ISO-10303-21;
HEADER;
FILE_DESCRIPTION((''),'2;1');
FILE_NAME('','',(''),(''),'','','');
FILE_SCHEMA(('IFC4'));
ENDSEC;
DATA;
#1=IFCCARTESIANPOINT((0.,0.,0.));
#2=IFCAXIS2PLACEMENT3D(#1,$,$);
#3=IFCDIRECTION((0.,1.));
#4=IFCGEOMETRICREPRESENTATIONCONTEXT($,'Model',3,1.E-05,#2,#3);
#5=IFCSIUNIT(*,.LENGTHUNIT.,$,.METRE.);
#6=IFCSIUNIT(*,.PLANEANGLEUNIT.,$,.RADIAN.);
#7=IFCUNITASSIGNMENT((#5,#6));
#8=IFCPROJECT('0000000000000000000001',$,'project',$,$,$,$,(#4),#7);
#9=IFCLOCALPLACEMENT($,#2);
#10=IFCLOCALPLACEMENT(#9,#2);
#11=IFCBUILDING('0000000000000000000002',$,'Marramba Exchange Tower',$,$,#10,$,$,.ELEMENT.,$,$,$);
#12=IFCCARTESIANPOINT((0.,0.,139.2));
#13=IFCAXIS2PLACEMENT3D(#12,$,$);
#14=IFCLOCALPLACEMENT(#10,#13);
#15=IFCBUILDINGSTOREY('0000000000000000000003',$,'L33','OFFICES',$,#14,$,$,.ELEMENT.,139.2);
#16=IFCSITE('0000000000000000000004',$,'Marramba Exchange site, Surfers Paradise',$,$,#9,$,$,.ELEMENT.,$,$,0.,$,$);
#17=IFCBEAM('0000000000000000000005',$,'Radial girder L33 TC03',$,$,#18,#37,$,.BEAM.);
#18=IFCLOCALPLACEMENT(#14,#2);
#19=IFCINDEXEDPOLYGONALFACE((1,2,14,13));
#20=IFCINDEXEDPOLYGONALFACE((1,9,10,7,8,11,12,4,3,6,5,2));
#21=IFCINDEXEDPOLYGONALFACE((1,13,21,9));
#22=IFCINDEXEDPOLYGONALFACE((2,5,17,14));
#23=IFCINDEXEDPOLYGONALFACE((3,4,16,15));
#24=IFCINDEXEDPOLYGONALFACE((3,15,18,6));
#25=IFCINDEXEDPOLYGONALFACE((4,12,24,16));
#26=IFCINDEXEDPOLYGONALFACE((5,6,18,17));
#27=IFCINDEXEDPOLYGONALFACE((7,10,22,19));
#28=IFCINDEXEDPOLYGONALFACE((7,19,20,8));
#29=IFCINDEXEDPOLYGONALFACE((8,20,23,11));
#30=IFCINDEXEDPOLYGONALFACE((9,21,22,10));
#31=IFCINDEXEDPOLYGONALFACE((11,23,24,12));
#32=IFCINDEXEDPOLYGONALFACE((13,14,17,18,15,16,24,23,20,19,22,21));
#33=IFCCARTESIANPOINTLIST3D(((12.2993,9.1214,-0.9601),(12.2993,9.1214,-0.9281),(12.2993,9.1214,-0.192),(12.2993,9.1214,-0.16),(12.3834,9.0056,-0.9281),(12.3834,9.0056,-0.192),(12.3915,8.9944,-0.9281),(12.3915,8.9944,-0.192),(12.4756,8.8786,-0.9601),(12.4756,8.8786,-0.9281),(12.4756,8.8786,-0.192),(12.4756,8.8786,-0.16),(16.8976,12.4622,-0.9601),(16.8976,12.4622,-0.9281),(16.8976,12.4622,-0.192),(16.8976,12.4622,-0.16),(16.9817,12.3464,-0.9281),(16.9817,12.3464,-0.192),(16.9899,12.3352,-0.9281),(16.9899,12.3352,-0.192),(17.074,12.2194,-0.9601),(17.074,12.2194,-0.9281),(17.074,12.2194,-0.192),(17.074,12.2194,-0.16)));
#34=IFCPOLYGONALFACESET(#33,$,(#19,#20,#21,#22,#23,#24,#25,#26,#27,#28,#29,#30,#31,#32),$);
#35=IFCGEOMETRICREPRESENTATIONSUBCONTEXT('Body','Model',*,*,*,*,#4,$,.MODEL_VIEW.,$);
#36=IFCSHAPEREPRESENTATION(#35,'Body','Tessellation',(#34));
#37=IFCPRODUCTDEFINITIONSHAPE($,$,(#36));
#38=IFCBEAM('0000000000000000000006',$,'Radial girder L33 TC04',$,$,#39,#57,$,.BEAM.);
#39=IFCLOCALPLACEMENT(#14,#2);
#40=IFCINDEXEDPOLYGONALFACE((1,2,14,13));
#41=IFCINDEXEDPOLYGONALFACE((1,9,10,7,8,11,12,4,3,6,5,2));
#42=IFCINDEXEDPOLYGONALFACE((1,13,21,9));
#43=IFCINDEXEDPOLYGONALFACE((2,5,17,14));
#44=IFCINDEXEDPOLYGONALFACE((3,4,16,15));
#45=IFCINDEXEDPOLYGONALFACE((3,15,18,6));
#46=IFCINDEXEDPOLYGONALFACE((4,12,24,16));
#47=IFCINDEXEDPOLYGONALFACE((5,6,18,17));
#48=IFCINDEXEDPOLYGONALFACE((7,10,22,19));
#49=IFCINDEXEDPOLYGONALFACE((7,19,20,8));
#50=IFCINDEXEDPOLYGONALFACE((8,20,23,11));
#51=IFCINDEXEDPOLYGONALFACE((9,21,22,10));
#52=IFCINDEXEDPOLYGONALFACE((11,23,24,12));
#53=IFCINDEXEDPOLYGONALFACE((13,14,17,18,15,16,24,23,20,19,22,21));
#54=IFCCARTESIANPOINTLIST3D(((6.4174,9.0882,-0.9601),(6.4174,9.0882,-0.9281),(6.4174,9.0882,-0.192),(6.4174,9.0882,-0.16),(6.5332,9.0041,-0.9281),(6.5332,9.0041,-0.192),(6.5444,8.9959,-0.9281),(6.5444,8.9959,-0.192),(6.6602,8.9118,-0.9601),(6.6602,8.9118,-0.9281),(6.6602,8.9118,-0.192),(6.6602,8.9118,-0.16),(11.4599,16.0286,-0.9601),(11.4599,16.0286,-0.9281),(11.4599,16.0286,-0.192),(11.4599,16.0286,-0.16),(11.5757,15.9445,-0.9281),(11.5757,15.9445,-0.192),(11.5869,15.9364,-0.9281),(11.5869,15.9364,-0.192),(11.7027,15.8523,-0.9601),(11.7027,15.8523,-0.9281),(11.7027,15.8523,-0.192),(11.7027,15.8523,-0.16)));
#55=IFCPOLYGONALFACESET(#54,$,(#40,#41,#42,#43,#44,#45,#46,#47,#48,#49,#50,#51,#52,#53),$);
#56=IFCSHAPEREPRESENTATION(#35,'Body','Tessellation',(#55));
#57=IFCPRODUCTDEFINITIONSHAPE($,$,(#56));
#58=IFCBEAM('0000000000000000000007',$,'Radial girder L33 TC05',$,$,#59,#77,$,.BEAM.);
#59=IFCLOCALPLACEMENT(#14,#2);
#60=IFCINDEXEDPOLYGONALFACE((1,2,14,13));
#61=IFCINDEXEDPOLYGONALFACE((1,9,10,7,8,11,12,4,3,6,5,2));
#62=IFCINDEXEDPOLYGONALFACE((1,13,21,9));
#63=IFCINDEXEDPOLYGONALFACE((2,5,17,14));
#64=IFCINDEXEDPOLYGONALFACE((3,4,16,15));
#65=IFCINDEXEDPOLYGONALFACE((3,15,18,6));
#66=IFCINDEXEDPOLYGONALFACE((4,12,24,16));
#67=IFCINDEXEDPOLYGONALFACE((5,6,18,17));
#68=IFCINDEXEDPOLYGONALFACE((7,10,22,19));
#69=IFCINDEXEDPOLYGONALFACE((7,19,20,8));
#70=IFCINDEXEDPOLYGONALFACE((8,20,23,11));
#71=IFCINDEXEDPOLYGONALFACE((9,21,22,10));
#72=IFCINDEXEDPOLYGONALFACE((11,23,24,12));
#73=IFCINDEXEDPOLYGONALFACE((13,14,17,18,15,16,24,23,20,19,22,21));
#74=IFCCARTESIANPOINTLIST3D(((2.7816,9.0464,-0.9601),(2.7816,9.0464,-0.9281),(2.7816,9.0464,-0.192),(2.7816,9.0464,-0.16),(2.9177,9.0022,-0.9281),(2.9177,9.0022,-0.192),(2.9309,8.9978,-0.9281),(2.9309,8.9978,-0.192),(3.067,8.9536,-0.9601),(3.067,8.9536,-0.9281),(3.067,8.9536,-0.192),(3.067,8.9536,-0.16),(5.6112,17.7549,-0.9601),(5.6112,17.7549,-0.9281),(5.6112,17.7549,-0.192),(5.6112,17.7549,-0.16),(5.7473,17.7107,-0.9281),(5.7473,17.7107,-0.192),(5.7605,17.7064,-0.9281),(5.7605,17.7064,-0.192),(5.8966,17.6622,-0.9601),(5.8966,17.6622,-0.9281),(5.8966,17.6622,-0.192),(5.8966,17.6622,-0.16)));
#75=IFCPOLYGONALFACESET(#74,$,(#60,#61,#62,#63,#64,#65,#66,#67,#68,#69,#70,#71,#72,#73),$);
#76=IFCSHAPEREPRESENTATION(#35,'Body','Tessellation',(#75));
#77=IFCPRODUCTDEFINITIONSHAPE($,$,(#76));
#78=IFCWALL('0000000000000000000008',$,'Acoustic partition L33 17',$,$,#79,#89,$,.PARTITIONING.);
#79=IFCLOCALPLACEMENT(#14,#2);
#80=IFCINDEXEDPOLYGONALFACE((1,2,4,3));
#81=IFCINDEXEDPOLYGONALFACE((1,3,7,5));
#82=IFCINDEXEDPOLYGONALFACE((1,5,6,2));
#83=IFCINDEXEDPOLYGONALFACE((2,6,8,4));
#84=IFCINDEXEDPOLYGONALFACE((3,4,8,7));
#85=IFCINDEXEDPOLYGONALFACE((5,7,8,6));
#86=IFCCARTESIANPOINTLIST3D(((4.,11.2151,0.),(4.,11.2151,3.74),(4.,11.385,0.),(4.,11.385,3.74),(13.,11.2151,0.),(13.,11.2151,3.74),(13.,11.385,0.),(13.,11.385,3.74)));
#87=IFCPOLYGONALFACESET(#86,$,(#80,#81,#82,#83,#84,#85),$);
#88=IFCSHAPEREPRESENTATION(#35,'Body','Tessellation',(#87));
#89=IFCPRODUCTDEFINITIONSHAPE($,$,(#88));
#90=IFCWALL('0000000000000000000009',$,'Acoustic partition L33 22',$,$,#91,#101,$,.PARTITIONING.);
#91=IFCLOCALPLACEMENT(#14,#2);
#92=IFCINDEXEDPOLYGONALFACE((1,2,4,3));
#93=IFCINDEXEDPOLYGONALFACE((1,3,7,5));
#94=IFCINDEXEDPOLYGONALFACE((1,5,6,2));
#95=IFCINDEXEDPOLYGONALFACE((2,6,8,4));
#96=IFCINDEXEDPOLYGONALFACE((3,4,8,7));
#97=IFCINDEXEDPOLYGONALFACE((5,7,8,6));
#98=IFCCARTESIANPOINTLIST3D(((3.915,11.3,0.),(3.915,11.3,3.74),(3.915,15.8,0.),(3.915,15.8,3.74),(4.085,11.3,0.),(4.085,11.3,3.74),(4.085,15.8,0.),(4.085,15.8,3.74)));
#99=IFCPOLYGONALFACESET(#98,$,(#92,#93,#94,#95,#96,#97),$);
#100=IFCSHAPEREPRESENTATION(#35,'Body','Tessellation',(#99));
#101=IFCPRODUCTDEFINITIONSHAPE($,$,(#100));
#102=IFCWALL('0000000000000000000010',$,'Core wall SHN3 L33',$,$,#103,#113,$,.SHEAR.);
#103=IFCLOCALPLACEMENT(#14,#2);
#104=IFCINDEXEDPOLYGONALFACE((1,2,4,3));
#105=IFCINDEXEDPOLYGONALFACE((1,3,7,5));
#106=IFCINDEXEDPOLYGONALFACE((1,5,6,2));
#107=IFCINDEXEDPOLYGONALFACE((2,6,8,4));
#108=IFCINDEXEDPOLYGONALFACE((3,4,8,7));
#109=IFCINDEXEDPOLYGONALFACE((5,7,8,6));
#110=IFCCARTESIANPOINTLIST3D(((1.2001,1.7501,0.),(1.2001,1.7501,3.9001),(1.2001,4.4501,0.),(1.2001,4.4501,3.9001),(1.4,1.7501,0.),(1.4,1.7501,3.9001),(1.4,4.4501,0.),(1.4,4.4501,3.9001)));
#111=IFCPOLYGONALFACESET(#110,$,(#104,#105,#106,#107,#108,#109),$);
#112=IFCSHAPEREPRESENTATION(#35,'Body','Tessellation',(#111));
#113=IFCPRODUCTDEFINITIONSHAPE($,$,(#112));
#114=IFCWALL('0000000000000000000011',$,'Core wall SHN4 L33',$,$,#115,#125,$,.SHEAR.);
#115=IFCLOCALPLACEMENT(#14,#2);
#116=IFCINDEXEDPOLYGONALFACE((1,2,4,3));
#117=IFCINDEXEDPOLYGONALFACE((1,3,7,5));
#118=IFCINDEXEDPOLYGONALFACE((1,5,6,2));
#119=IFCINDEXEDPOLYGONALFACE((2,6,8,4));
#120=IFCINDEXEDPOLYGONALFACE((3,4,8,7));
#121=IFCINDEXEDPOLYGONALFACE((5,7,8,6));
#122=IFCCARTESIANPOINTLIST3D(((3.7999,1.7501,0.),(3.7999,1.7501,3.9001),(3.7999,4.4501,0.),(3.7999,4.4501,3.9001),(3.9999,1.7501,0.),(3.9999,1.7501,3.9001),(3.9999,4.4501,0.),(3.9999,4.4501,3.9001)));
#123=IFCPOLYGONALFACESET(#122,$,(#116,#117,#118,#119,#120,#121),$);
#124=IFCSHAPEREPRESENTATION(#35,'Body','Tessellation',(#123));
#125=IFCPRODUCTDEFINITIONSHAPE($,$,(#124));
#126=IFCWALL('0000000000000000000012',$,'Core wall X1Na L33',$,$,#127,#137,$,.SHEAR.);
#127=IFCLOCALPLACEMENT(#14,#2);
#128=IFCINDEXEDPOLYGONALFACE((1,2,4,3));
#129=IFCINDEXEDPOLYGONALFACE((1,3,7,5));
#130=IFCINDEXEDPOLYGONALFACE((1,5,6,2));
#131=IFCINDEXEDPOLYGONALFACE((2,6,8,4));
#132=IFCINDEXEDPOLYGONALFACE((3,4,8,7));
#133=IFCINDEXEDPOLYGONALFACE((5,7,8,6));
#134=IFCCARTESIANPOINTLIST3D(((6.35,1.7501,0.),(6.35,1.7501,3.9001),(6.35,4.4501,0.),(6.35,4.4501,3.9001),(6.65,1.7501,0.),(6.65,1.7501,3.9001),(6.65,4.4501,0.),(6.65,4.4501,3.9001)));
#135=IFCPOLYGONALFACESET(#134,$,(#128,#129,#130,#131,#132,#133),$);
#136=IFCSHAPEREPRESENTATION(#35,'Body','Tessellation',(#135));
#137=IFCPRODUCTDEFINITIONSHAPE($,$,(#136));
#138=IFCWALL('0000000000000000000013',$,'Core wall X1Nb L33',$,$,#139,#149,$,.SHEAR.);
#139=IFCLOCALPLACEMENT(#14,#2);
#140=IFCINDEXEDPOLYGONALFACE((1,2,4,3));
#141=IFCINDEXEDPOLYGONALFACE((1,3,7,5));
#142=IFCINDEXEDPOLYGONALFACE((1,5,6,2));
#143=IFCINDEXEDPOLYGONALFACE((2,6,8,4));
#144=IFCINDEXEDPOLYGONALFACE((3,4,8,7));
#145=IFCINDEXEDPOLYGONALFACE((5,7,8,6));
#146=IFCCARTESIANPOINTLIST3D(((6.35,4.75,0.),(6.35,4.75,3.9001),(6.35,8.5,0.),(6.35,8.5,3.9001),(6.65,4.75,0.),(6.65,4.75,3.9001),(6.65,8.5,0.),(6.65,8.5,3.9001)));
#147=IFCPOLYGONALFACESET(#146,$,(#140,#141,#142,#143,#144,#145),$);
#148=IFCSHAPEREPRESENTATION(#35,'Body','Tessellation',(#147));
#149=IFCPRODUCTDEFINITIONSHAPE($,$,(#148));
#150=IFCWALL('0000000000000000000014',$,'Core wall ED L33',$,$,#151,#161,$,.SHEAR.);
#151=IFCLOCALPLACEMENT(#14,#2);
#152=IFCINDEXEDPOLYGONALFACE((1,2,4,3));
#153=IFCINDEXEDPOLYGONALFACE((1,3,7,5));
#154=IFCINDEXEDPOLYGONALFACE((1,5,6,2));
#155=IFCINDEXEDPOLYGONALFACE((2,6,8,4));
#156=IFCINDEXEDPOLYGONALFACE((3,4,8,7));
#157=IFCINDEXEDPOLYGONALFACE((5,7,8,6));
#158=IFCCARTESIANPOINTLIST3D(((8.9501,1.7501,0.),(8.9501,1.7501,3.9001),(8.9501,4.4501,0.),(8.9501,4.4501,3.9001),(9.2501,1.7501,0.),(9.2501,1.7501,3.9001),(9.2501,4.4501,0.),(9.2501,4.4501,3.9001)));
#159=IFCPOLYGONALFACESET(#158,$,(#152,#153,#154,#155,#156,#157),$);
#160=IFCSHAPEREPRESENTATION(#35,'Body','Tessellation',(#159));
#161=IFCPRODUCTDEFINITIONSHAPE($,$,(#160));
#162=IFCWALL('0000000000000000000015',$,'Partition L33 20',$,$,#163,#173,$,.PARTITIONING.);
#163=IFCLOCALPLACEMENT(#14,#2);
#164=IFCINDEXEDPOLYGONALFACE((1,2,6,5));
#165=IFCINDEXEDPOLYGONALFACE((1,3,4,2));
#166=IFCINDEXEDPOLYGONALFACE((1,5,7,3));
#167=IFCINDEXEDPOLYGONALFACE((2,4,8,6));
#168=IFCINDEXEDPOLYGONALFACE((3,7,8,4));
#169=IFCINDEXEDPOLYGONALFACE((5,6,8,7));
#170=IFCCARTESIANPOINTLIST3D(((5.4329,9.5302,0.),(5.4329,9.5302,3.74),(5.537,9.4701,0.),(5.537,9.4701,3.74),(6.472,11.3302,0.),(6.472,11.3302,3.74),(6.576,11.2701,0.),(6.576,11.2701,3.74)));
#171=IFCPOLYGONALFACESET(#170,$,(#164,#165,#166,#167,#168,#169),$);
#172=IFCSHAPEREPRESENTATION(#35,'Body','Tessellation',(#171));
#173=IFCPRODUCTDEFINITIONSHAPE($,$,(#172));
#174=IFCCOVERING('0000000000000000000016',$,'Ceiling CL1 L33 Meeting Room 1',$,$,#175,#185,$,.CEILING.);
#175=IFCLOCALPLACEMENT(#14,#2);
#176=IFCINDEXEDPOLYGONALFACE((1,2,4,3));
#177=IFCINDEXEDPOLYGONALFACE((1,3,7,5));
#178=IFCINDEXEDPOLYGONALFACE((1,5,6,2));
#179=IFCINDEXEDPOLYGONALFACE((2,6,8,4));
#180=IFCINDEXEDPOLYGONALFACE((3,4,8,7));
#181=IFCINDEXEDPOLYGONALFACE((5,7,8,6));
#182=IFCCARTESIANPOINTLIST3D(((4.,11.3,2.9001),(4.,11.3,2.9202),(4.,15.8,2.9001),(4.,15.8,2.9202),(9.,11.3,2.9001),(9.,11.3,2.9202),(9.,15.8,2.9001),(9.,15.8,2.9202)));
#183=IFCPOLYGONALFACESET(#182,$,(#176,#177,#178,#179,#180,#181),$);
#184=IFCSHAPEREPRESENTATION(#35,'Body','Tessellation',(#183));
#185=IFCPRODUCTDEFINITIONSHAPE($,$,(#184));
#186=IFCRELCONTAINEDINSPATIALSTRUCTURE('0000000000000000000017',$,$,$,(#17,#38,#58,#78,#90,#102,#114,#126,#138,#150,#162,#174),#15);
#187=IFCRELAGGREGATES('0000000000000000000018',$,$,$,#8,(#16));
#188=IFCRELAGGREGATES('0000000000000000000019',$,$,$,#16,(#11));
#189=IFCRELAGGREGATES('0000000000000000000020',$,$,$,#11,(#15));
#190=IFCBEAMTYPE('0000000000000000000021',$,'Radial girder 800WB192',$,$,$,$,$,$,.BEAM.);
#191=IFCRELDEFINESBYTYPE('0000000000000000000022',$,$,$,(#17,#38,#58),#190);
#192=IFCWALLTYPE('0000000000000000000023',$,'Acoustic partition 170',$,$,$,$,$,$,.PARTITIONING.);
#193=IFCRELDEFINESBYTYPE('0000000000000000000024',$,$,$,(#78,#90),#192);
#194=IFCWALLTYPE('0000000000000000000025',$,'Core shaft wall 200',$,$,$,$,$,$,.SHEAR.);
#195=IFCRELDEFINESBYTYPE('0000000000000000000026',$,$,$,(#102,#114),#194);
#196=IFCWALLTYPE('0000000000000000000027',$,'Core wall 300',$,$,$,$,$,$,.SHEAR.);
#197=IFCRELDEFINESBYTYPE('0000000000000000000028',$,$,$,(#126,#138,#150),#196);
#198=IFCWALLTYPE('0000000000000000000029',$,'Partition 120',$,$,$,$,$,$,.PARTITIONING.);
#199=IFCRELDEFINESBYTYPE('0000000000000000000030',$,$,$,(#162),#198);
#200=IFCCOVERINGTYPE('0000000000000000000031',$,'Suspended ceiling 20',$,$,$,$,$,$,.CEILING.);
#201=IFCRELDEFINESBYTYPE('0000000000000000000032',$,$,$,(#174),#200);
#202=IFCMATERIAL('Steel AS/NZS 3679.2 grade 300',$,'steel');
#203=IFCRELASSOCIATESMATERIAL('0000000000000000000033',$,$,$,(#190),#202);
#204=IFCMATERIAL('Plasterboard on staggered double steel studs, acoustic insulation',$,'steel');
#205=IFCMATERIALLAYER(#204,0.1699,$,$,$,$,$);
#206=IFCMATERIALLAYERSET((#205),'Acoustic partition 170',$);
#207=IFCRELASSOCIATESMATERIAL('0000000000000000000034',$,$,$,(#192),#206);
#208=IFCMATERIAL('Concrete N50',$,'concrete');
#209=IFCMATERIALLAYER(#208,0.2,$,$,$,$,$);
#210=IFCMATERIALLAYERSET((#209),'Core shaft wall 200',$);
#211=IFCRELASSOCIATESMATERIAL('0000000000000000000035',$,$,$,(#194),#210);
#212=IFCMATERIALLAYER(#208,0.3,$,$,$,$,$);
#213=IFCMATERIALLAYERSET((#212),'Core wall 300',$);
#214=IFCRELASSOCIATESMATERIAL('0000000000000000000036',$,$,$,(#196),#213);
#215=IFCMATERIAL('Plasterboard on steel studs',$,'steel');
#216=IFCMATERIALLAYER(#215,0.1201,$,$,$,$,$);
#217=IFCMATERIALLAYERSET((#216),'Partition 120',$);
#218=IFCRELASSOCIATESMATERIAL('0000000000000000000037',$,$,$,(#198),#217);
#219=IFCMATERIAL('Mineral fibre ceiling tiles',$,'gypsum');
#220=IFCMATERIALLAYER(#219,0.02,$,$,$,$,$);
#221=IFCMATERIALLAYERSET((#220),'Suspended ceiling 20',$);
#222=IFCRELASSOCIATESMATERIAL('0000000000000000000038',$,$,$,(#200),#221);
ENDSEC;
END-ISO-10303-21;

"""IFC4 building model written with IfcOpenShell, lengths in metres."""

from ifc_helpers import new_model, si_unit, direction, frame, frame_2d, origin, origin_2d, place, context, subcontext, project, spatial, polyline, rectangle, i_section, outline, extrude, material, layer, layer_set, material_profile, profile_set, type_object, element, save


model = new_model("IFC4")

# Units and contexts
model_context = context("Model", 3, precision=1e-05, world=origin(), true_north=direction((0.0, 1.0)))
body_context = subcontext(model_context, "Body", "Model", "MODEL_VIEW")
ifc_project = project(units=[si_unit("LENGTHUNIT", "METRE"), si_unit("PLANEANGLEUNIT", "RADIAN")], contexts=[model_context])

# Site, building, storey
site_placement = place(None, origin())
site = spatial("IfcSite", under=ifc_project, at=site_placement, Name="Marramba Exchange site, Surfers Paradise", CompositionType="ELEMENT", RefElevation=0.0)
building_placement = place(site_placement, origin())
building = spatial("IfcBuilding", under=site, at=building_placement, Name="Marramba Exchange Tower", CompositionType="ELEMENT")
storey_placement = place(building_placement, frame((0.0, 0.0, 139.2)))
storey = spatial("IfcBuildingStorey", under=building, at=storey_placement, Name="L33", Description="OFFICES", CompositionType="ELEMENT", Elevation=139.2)

# Beams
ifc_material_1 = material(Name="Steel AS/NZS 3679.2 grade 300", Category="steel")
ifc_material_profile_1 = material_profile(ifc_material_1, i_section(OverallWidth=0.3, OverallDepth=0.8, WebThickness=0.0139, FlangeThickness=0.032, at=origin_2d()), Name="800WB192")
ifc_profile_set_1 = profile_set([ifc_material_profile_1], Name="Steel AS/NZS 3679.2 grade 300")
beam_type_1 = type_object("IfcBeamType", Name="Radial girder 800WB192", PredefinedType="BEAM", material=ifc_profile_set_1)
beam_1_placement = place(storey_placement, frame((12.3875, 9.0, -0.5601), z_axis=(0.809026, 0.587773, 0.0), x_axis=(-0.587773, 0.809026, 0.0)))
element("IfcBeam", 1, at=beam_1_placement, inside=storey, type_object=beam_type_1, Name="Radial girder L33 TC03", PredefinedType="BEAM", context=body_context, shape_type="SweptSolid", body=[
    extrude(i_section(OverallWidth=0.3, OverallDepth=0.8, WebThickness=0.0139, FlangeThickness=0.032, at=origin_2d()), origin(), (0.0, 0.0, 1.0), 5.6838),
])
beam_2_placement = place(storey_placement, frame((6.5388, 9.0, -0.5601), z_axis=(0.587782, 0.809019, 0.0), x_axis=(-0.809019, 0.587782, 0.0)))
element("IfcBeam", 2, at=beam_2_placement, inside=storey, type_object=beam_type_1, Name="Radial girder L33 TC04", PredefinedType="BEAM", context=body_context, shape_type="SweptSolid", body=[
    extrude(i_section(OverallWidth=0.3, OverallDepth=0.8, WebThickness=0.0139, FlangeThickness=0.032, at=origin_2d()), origin(), (0.0, 0.0, 1.0), 8.5789),
])
beam_3_placement = place(storey_placement, frame((2.9243, 9.0, -0.5601), z_axis=(0.30902, 0.951056, 0.0), x_axis=(-0.951056, 0.30902, 0.0)))
element("IfcBeam", 3, at=beam_3_placement, inside=storey, type_object=beam_type_1, Name="Radial girder L33 TC05", PredefinedType="BEAM", context=body_context, shape_type="SweptSolid", body=[
    extrude(i_section(OverallWidth=0.3, OverallDepth=0.8, WebThickness=0.0139, FlangeThickness=0.032, at=origin_2d()), origin(), (0.0, 0.0, 1.0), 9.1567),
])

# Shared definitions
ifc_material_2 = material(Name="Plasterboard on staggered double steel studs, acoustic insulation", Category="steel")
ifc_layer_1 = layer(ifc_material_2, 0.1699)
ifc_layer_set_1 = layer_set([ifc_layer_1], Name="Acoustic partition 170")
wall_type_1 = type_object("IfcWallType", Name="Acoustic partition 170", PredefinedType="PARTITIONING", material=ifc_layer_set_1)

# Walls
wall_1_placement = place(storey_placement, frame((4.0, 11.3, 0.0), z_axis=(0.0, 0.0, 1.0), x_axis=(1.0, 0.0, 0.0)))
element("IfcWall", 4, at=wall_1_placement, inside=storey, type_object=wall_type_1, Name="Acoustic partition L33 17", PredefinedType="PARTITIONING", context=body_context, shape_type="SweptSolid", body=[
    extrude(rectangle(XDim=9.0, YDim=0.1699, at=frame_2d((4.5, 0.0))), origin(), (0.0, 0.0, 1.0), 3.74),
])
wall_2_placement = place(storey_placement, frame((4.0, 15.8, 0.0), z_axis=(0.0, 0.0, 1.0), x_axis=(0.0, -1.0, 0.0)))
element("IfcWall", 5, at=wall_2_placement, inside=storey, type_object=wall_type_1, Name="Acoustic partition L33 22", PredefinedType="PARTITIONING", context=body_context, shape_type="SweptSolid", body=[
    extrude(rectangle(XDim=4.5, YDim=0.1699, at=frame_2d((2.25, 0.0))), origin(), (0.0, 0.0, 1.0), 3.74),
])
ifc_material_3 = material(Name="Concrete N50", Category="concrete")
ifc_layer_2 = layer(ifc_material_3, 0.2)
ifc_layer_set_2 = layer_set([ifc_layer_2], Name="Core shaft wall 200")
wall_type_2 = type_object("IfcWallType", Name="Core shaft wall 200", PredefinedType="SHEAR", material=ifc_layer_set_2)
for number, where, z_axis, x_axis, name in (
    (6, (1.3, 1.75, 0.0), (0.0, 0.0, 1.0), (0.0, 1.0, 0.0), "Core wall SHN3 L33"),
    (7, (3.8999, 1.75, 0.0), (0.0, 0.0, 1.0), (0.0, 1.0, 0.0), "Core wall SHN4 L33"),
):
    element("IfcWall", number, at=place(storey_placement, frame(where, z_axis=z_axis, x_axis=x_axis)), inside=storey, type_object=wall_type_2, Name=name, PredefinedType="SHEAR", context=body_context, shape_type="SweptSolid", body=[
        extrude(rectangle(XDim=2.7, YDim=0.2, at=frame_2d((1.3501, 0.0))), origin(), (0.0, 0.0, 1.0), 3.9001),
    ])
ifc_layer_3 = layer(ifc_material_3, 0.3)
ifc_layer_set_3 = layer_set([ifc_layer_3], Name="Core wall 300")
wall_type_3 = type_object("IfcWallType", Name="Core wall 300", PredefinedType="SHEAR", material=ifc_layer_set_3)
wall_3_placement = place(storey_placement, frame((6.5, 1.75, 0.0), z_axis=(0.0, 0.0, 1.0), x_axis=(0.0, 1.0, 0.0)))
element("IfcWall", 8, at=wall_3_placement, inside=storey, type_object=wall_type_3, Name="Core wall X1Na L33", PredefinedType="SHEAR", context=body_context, shape_type="SweptSolid", body=[
    extrude(rectangle(XDim=2.7, YDim=0.3, at=frame_2d((1.3501, 0.0))), origin(), (0.0, 0.0, 1.0), 3.9001),
])
wall_4_placement = place(storey_placement, frame((6.5, 4.75, 0.0), z_axis=(0.0, 0.0, 1.0), x_axis=(0.0, 1.0, 0.0)))
element("IfcWall", 9, at=wall_4_placement, inside=storey, type_object=wall_type_3, Name="Core wall X1Nb L33", PredefinedType="SHEAR", context=body_context, shape_type="SweptSolid", body=[
    extrude(rectangle(XDim=3.75, YDim=0.3, at=frame_2d((1.875, 0.0))), origin(), (0.0, 0.0, 1.0), 3.9001),
])
wall_5_placement = place(storey_placement, frame((9.1001, 1.75, 0.0), z_axis=(0.0, 0.0, 1.0), x_axis=(0.0, 1.0, 0.0)))
element("IfcWall", 10, at=wall_5_placement, inside=storey, type_object=wall_type_3, Name="Core wall ED L33", PredefinedType="SHEAR", context=body_context, shape_type="SweptSolid", body=[
    extrude(rectangle(XDim=2.7, YDim=0.3, at=frame_2d((1.3501, 0.0))), origin(), (0.0, 0.0, 1.0), 3.9001),
])
ifc_material_4 = material(Name="Plasterboard on steel studs", Category="steel")
ifc_layer_4 = layer(ifc_material_4, 0.1201)
ifc_layer_set_4 = layer_set([ifc_layer_4], Name="Partition 120")
wall_type_4 = type_object("IfcWallType", Name="Partition 120", PredefinedType="PARTITIONING", material=ifc_layer_set_4)
wall_6_placement = place(storey_placement, frame((6.5239, 11.3, 0.0), z_axis=(0.0, 0.0, 1.0), x_axis=(-0.499929, -0.866066, 0.0)))
element("IfcWall", 11, at=wall_6_placement, inside=storey, type_object=wall_type_4, Name="Partition L33 20", PredefinedType="PARTITIONING", context=body_context, shape_type="SweptSolid", body=[
    extrude(rectangle(XDim=2.0784, YDim=0.1201, at=frame_2d((1.0391, 0.0))), origin(), (0.0, 0.0, 1.0), 3.74),
])

# Covering
ifc_material_5 = material(Name="Mineral fibre ceiling tiles", Category="gypsum")
ifc_layer_5 = layer(ifc_material_5, 0.02)
ifc_layer_set_5 = layer_set([ifc_layer_5], Name="Suspended ceiling 20")
covering_type = type_object("IfcCoveringType", Name="Suspended ceiling 20", PredefinedType="CEILING", material=ifc_layer_set_5)
covering_1_placement = place(storey_placement, frame((0.0, 0.0, 2.9001)))
element("IfcCovering", 12, at=covering_1_placement, inside=storey, type_object=covering_type, Name="Ceiling CL1 L33 Meeting Room 1", PredefinedType="CEILING", context=body_context, shape_type="SweptSolid", body=[
    extrude(outline(polyline([(9.0, 15.8), (9.0, 11.3), (4.0, 11.3), (4.0, 15.8), (9.0, 15.8)])), origin(), (0.0, 0.0, 1.0), 0.02),
])

save(model, "model.ifc")
